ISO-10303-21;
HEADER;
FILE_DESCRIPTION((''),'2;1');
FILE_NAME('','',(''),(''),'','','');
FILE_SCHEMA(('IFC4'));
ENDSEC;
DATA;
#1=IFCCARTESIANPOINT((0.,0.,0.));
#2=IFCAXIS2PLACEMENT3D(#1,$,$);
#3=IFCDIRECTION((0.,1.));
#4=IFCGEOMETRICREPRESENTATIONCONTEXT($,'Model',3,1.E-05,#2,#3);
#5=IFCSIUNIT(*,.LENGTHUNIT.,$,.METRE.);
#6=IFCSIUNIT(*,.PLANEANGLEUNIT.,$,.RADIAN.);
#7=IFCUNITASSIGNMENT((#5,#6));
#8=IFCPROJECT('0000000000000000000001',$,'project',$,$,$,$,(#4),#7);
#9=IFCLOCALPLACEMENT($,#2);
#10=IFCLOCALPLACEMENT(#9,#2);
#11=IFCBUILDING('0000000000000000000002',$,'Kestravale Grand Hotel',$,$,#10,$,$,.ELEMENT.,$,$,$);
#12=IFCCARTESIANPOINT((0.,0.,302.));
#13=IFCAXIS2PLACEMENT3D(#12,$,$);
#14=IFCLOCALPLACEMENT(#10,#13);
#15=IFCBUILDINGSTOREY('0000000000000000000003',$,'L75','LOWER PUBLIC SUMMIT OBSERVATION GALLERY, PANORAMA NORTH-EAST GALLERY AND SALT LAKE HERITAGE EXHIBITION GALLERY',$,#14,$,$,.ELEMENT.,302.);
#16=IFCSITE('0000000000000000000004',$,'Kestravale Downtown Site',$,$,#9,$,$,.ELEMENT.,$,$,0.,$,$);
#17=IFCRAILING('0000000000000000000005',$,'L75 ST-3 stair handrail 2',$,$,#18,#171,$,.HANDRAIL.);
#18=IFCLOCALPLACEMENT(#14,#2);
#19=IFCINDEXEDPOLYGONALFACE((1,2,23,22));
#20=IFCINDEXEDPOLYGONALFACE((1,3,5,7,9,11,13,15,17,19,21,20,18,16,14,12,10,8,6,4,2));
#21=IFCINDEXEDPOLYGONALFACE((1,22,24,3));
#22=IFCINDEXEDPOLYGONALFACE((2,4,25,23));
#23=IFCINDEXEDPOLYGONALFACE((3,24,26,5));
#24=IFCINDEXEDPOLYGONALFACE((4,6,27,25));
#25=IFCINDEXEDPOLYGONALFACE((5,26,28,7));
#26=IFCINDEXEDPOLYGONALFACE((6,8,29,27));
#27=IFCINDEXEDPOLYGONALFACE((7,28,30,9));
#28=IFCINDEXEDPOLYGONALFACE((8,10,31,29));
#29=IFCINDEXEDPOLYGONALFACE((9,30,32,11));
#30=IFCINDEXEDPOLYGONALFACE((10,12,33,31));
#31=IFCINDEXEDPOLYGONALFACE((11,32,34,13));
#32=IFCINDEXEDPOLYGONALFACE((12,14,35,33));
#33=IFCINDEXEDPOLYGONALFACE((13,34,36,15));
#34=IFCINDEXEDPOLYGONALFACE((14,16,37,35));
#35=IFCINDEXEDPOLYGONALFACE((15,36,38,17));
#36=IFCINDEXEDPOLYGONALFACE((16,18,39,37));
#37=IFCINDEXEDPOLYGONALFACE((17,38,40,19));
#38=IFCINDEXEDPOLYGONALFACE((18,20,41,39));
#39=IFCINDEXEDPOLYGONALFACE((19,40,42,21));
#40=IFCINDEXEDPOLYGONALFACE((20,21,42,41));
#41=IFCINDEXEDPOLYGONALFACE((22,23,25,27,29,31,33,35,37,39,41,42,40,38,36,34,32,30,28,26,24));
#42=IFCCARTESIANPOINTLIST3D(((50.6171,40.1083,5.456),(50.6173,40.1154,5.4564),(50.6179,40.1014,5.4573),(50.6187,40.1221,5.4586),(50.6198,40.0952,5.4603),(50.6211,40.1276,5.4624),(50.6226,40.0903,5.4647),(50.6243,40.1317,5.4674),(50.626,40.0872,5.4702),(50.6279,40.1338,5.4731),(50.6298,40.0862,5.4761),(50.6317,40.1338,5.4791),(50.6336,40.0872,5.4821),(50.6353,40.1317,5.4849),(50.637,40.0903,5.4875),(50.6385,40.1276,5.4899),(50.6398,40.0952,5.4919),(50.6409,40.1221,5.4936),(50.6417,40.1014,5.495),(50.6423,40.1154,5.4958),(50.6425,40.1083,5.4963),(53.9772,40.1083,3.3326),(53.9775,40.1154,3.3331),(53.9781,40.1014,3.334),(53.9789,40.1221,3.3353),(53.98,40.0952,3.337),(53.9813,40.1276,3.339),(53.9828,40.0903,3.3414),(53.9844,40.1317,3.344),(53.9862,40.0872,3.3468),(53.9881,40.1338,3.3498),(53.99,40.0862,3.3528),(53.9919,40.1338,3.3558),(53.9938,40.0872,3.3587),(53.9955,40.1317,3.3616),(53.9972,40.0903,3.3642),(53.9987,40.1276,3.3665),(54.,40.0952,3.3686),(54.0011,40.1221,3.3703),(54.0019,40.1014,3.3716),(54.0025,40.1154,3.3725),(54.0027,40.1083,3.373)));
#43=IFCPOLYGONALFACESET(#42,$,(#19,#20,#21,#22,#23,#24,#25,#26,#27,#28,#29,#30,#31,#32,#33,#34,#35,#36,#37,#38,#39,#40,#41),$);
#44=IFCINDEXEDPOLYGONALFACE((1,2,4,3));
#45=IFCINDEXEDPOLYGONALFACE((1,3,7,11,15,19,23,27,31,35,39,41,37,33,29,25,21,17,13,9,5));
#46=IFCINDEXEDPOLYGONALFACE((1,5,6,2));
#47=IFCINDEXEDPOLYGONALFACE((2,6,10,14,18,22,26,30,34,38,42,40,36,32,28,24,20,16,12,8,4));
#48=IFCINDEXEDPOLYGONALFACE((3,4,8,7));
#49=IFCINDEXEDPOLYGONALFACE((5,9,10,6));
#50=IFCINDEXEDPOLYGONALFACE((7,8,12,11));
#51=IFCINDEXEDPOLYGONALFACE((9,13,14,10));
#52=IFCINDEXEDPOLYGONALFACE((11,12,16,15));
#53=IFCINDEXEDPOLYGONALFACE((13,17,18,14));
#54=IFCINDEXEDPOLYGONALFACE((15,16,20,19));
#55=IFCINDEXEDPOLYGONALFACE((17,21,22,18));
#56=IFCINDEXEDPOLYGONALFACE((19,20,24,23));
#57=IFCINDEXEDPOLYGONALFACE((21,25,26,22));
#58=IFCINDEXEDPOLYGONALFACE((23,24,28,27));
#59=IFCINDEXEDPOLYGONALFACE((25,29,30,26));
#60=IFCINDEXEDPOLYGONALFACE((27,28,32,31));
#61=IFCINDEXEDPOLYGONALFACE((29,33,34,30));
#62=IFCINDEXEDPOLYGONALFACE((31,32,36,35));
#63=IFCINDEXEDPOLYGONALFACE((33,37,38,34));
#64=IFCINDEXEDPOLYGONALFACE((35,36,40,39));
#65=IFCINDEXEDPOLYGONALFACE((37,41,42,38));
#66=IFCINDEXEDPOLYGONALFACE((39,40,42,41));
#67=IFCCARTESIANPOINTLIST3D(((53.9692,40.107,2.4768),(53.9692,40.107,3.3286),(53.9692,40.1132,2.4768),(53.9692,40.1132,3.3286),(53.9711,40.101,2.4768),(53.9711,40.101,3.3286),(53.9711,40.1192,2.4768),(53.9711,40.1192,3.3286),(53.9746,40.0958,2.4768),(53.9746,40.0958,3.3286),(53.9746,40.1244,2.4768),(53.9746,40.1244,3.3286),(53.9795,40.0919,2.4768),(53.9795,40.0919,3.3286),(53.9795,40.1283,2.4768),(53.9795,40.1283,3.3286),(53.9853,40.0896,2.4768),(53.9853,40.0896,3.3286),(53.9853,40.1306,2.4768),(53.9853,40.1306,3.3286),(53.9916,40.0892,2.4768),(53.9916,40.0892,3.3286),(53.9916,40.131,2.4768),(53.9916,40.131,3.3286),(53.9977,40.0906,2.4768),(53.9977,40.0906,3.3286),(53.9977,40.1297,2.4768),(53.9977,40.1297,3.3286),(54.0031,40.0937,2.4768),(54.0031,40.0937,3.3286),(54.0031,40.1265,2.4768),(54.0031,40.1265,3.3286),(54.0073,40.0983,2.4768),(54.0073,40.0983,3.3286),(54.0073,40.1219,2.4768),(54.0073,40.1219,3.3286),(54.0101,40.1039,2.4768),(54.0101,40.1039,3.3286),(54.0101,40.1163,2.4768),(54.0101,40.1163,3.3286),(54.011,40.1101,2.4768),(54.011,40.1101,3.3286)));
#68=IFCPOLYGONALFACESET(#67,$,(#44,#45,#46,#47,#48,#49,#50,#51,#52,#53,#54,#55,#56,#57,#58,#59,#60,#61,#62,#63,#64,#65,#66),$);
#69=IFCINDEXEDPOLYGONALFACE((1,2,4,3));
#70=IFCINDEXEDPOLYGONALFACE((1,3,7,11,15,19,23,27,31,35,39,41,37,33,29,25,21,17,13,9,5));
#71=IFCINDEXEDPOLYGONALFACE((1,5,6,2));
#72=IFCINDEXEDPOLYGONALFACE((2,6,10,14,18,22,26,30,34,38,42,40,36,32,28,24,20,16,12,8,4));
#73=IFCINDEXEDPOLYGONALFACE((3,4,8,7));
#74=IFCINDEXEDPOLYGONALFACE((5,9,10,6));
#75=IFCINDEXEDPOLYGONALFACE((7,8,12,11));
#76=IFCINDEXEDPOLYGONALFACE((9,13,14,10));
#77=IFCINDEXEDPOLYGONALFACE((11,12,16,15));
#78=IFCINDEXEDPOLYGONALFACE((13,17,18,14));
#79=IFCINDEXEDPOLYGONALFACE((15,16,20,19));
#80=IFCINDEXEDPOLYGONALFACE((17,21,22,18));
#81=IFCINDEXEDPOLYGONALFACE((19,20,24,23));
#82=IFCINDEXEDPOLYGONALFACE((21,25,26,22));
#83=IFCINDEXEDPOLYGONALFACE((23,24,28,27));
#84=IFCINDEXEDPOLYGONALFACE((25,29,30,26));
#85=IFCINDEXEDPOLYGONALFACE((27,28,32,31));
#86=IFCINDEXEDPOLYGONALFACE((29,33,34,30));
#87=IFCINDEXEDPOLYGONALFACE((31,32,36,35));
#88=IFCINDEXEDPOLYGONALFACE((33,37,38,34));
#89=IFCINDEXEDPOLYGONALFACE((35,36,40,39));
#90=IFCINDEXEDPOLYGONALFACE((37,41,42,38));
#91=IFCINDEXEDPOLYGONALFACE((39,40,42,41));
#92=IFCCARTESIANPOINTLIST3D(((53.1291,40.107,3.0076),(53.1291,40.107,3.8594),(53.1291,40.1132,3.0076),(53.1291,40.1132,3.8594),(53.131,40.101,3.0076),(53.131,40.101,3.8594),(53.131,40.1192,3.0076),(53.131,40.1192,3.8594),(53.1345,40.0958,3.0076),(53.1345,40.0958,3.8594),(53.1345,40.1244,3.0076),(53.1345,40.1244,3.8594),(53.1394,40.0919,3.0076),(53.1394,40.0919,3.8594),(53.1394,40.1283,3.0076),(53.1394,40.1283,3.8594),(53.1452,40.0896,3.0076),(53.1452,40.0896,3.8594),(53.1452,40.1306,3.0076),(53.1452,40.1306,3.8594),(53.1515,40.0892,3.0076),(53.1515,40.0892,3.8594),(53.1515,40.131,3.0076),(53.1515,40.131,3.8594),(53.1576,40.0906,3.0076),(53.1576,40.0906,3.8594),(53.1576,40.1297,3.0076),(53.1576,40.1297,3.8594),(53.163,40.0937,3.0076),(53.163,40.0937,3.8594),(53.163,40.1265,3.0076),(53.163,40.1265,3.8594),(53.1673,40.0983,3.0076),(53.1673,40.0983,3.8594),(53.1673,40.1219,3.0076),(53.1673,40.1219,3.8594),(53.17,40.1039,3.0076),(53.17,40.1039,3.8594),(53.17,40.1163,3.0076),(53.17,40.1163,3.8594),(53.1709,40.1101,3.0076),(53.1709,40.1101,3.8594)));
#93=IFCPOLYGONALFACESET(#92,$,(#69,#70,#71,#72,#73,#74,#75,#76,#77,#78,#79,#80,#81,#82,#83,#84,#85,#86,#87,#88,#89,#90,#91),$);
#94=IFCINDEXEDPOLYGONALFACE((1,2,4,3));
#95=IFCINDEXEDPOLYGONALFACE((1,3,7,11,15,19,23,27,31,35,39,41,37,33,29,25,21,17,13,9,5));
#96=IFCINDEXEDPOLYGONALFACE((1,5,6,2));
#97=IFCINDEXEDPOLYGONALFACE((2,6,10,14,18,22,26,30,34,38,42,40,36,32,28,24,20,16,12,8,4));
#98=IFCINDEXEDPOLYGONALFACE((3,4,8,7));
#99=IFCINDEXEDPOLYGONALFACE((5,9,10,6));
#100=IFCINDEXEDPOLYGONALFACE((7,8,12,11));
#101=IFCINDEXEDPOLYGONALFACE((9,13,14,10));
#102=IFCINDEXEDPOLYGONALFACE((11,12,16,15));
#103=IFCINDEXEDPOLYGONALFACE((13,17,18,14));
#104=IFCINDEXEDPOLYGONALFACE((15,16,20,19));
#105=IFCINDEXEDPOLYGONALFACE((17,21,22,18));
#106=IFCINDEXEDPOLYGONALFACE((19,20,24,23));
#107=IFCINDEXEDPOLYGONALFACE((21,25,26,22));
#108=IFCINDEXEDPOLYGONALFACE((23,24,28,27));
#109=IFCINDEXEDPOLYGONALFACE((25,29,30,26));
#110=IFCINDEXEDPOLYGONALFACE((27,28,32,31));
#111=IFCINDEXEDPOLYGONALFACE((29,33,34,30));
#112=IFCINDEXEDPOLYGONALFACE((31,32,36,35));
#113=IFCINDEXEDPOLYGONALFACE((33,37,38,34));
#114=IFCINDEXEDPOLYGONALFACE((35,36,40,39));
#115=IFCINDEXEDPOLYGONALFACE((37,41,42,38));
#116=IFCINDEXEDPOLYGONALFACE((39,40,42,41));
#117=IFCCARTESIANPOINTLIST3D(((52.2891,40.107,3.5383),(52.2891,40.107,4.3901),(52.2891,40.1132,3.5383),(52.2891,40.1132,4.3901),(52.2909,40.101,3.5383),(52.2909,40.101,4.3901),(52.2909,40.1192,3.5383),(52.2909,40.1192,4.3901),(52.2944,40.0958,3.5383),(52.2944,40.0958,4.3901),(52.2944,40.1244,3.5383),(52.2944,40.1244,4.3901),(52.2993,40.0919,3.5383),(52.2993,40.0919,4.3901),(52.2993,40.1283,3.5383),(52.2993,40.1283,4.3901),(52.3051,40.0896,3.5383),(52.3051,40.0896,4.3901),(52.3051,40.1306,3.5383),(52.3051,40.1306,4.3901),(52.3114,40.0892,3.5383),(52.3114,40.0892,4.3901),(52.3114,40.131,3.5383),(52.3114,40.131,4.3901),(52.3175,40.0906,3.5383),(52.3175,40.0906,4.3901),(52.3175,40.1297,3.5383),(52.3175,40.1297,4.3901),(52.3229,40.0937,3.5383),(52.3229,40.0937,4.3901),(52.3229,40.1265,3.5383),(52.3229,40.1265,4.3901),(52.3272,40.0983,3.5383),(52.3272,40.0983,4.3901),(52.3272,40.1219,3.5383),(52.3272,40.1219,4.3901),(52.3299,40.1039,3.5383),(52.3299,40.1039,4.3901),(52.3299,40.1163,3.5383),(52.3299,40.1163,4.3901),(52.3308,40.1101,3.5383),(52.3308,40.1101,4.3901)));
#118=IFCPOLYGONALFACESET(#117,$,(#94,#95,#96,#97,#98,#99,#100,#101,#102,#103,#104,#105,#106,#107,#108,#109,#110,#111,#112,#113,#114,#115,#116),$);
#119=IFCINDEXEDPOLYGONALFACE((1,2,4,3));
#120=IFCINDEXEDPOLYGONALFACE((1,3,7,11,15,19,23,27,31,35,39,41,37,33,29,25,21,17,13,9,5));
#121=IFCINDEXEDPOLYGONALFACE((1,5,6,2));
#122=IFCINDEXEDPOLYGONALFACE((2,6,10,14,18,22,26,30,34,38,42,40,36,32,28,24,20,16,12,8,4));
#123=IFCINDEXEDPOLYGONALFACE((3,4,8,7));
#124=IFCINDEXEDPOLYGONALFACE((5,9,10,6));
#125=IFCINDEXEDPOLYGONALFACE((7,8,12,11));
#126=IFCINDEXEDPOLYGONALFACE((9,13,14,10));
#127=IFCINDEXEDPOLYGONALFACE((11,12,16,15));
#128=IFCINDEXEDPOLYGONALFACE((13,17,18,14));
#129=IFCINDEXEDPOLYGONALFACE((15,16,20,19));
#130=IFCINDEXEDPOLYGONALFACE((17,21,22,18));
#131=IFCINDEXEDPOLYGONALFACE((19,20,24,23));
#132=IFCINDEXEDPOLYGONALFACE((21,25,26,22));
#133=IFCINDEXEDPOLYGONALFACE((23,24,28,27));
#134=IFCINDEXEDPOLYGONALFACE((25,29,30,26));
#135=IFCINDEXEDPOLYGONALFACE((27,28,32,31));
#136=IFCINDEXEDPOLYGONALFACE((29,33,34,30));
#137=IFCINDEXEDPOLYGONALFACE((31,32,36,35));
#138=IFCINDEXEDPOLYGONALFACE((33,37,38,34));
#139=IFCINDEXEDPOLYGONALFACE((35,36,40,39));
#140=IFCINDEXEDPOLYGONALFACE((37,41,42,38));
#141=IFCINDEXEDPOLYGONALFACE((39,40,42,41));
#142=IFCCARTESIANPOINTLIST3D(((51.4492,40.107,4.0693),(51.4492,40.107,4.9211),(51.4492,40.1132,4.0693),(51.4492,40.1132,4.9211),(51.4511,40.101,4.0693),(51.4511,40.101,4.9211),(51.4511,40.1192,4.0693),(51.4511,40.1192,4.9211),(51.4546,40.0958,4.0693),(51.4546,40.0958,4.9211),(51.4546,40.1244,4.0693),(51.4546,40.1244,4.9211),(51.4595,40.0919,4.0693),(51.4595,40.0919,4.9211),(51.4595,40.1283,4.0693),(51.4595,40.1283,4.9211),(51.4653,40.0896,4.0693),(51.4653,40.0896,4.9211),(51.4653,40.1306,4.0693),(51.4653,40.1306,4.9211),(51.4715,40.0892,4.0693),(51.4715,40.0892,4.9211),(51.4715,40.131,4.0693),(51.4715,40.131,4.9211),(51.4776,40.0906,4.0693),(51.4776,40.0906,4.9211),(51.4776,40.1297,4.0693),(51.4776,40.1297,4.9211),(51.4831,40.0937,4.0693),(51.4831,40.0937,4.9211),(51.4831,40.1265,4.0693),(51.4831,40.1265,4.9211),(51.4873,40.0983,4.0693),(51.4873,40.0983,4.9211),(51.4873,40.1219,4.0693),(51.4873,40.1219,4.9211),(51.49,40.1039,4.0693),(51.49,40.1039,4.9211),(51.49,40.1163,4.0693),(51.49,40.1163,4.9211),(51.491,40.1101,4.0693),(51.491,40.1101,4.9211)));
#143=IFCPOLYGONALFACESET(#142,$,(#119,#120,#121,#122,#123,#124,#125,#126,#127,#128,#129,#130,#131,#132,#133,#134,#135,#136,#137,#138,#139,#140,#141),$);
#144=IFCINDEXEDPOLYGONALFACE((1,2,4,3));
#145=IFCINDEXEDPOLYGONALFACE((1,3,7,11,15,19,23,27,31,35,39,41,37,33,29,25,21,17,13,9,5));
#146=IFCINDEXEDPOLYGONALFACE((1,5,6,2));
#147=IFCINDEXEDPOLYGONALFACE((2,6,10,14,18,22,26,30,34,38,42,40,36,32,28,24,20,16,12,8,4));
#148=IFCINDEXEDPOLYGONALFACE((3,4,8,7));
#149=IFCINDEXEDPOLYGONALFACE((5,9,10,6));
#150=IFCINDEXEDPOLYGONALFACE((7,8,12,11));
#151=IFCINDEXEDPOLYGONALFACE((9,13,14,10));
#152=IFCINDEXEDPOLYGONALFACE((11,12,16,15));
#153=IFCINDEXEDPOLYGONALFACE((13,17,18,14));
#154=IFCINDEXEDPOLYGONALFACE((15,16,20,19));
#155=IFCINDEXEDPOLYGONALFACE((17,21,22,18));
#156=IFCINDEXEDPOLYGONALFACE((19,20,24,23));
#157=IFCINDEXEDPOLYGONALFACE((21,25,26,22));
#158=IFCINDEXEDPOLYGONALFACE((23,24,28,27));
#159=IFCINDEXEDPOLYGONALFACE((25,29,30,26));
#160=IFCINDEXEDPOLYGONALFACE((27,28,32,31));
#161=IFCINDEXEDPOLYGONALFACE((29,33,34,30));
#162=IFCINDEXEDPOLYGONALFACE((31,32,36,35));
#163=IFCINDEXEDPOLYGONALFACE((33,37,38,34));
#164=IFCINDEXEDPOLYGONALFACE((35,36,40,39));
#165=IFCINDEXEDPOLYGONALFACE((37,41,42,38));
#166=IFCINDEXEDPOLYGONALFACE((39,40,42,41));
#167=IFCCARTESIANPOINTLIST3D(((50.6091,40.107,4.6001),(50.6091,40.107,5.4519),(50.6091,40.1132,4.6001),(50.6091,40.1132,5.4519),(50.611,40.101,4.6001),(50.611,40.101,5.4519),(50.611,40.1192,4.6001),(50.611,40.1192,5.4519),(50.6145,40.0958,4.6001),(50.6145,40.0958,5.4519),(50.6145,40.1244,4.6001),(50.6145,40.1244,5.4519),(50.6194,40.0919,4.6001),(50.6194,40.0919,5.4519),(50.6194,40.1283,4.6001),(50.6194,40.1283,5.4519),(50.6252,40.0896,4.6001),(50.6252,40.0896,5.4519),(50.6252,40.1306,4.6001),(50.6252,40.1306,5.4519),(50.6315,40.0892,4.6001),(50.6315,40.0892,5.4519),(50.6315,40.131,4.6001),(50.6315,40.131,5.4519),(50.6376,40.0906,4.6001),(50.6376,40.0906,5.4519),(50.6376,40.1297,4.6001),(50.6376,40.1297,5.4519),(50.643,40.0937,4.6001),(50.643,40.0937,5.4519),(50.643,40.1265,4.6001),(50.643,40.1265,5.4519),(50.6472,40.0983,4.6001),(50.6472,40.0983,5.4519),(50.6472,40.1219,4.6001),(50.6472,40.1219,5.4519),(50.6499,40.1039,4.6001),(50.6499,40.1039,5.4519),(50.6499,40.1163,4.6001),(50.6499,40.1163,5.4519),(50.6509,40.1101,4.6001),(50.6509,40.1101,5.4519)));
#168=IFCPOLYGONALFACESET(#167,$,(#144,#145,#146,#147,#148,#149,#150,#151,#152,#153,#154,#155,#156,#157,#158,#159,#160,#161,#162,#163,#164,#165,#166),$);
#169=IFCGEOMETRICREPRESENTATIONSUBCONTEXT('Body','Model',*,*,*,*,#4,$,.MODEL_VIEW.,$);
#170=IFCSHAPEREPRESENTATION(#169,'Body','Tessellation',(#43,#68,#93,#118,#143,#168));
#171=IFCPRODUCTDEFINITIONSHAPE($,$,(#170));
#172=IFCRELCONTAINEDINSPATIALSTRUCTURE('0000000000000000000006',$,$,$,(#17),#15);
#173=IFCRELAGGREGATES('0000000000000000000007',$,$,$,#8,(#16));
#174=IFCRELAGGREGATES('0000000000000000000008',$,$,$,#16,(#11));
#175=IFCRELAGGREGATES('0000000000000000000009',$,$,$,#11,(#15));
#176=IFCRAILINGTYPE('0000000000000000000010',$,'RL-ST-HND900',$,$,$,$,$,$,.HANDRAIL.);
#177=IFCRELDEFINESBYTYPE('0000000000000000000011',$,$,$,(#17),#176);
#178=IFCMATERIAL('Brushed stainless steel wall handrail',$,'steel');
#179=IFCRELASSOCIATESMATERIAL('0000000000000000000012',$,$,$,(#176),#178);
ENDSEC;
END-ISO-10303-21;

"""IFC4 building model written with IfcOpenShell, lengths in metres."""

from ifc_helpers import new_model, si_unit, direction, frame, origin, origin_2d, place, context, subcontext, project, spatial, circle, extrude, material, type_object, element, save


model = new_model("IFC4")

# Units and contexts
model_context = context("Model", 3, precision=1e-05, world=origin(), true_north=direction((0.0, 1.0)))
body_context = subcontext(model_context, "Body", "Model", "MODEL_VIEW")
ifc_project = project(units=[si_unit("LENGTHUNIT", "METRE"), si_unit("PLANEANGLEUNIT", "RADIAN")], contexts=[model_context])

# Site, building, storey
site_placement = place(None, origin())
site = spatial("IfcSite", under=ifc_project, at=site_placement, Name="Kestravale Downtown Site", CompositionType="ELEMENT", RefElevation=0.0)
building_placement = place(site_placement, origin())
building = spatial("IfcBuilding", under=site, at=building_placement, Name="Kestravale Grand Hotel", CompositionType="ELEMENT")
storey_placement = place(building_placement, frame((0.0, 0.0, 302.0)))
storey = spatial("IfcBuildingStorey", under=building, at=storey_placement, Name="L75", Description="LOWER PUBLIC SUMMIT OBSERVATION GALLERY, PANORAMA NORTH-EAST GALLERY AND SALT LAKE HERITAGE EXHIBITION GALLERY", CompositionType="ELEMENT", Elevation=302.0)

# Railing
ifc_material_1 = material(Name="Brushed stainless steel wall handrail", Category="steel")
railing_type_1 = type_object("IfcRailingType", Name="RL-ST-HND900", PredefinedType="HANDRAIL", material=ifc_material_1)
railing_1_placement = place(storey_placement, frame((53.99, 40.1101, 2.4768)))
element("IfcRailing", 1, at=railing_1_placement, inside=storey, type_object=railing_type_1, Name="L75 ST-3 stair handrail 2", PredefinedType="HANDRAIL", context=body_context, shape_type="SweptSolid", body=[
    extrude(circle(Radius=0.0239, at=origin_2d()), frame((0.0, 0.0, 0.876), z_axis=(-0.845362, 0.0, 0.534194), x_axis=(0.0, -1.0, 0.0)), (0.0, 0.0, 1.0), 3.9749),
    extrude(circle(Radius=0.021, at=origin_2d()), origin(), (0.0, 0.0, 1.0), 0.8518),
    extrude(circle(Radius=0.021, at=origin_2d()), frame((-0.8401, 0.0, 0.5308)), (0.0, 0.0, 1.0), 0.8518),
    extrude(circle(Radius=0.021, at=origin_2d()), frame((-1.6802, 0.0, 1.0615)), (0.0, 0.0, 1.0), 0.8518),
    extrude(circle(Radius=0.021, at=origin_2d()), frame((-2.52, 0.0, 1.5925)), (0.0, 0.0, 1.0), 0.8518),
    extrude(circle(Radius=0.021, at=origin_2d()), frame((-3.3601, 0.0, 2.1233)), (0.0, 0.0, 1.0), 0.8518),
])

save(model, "model.ifc")
